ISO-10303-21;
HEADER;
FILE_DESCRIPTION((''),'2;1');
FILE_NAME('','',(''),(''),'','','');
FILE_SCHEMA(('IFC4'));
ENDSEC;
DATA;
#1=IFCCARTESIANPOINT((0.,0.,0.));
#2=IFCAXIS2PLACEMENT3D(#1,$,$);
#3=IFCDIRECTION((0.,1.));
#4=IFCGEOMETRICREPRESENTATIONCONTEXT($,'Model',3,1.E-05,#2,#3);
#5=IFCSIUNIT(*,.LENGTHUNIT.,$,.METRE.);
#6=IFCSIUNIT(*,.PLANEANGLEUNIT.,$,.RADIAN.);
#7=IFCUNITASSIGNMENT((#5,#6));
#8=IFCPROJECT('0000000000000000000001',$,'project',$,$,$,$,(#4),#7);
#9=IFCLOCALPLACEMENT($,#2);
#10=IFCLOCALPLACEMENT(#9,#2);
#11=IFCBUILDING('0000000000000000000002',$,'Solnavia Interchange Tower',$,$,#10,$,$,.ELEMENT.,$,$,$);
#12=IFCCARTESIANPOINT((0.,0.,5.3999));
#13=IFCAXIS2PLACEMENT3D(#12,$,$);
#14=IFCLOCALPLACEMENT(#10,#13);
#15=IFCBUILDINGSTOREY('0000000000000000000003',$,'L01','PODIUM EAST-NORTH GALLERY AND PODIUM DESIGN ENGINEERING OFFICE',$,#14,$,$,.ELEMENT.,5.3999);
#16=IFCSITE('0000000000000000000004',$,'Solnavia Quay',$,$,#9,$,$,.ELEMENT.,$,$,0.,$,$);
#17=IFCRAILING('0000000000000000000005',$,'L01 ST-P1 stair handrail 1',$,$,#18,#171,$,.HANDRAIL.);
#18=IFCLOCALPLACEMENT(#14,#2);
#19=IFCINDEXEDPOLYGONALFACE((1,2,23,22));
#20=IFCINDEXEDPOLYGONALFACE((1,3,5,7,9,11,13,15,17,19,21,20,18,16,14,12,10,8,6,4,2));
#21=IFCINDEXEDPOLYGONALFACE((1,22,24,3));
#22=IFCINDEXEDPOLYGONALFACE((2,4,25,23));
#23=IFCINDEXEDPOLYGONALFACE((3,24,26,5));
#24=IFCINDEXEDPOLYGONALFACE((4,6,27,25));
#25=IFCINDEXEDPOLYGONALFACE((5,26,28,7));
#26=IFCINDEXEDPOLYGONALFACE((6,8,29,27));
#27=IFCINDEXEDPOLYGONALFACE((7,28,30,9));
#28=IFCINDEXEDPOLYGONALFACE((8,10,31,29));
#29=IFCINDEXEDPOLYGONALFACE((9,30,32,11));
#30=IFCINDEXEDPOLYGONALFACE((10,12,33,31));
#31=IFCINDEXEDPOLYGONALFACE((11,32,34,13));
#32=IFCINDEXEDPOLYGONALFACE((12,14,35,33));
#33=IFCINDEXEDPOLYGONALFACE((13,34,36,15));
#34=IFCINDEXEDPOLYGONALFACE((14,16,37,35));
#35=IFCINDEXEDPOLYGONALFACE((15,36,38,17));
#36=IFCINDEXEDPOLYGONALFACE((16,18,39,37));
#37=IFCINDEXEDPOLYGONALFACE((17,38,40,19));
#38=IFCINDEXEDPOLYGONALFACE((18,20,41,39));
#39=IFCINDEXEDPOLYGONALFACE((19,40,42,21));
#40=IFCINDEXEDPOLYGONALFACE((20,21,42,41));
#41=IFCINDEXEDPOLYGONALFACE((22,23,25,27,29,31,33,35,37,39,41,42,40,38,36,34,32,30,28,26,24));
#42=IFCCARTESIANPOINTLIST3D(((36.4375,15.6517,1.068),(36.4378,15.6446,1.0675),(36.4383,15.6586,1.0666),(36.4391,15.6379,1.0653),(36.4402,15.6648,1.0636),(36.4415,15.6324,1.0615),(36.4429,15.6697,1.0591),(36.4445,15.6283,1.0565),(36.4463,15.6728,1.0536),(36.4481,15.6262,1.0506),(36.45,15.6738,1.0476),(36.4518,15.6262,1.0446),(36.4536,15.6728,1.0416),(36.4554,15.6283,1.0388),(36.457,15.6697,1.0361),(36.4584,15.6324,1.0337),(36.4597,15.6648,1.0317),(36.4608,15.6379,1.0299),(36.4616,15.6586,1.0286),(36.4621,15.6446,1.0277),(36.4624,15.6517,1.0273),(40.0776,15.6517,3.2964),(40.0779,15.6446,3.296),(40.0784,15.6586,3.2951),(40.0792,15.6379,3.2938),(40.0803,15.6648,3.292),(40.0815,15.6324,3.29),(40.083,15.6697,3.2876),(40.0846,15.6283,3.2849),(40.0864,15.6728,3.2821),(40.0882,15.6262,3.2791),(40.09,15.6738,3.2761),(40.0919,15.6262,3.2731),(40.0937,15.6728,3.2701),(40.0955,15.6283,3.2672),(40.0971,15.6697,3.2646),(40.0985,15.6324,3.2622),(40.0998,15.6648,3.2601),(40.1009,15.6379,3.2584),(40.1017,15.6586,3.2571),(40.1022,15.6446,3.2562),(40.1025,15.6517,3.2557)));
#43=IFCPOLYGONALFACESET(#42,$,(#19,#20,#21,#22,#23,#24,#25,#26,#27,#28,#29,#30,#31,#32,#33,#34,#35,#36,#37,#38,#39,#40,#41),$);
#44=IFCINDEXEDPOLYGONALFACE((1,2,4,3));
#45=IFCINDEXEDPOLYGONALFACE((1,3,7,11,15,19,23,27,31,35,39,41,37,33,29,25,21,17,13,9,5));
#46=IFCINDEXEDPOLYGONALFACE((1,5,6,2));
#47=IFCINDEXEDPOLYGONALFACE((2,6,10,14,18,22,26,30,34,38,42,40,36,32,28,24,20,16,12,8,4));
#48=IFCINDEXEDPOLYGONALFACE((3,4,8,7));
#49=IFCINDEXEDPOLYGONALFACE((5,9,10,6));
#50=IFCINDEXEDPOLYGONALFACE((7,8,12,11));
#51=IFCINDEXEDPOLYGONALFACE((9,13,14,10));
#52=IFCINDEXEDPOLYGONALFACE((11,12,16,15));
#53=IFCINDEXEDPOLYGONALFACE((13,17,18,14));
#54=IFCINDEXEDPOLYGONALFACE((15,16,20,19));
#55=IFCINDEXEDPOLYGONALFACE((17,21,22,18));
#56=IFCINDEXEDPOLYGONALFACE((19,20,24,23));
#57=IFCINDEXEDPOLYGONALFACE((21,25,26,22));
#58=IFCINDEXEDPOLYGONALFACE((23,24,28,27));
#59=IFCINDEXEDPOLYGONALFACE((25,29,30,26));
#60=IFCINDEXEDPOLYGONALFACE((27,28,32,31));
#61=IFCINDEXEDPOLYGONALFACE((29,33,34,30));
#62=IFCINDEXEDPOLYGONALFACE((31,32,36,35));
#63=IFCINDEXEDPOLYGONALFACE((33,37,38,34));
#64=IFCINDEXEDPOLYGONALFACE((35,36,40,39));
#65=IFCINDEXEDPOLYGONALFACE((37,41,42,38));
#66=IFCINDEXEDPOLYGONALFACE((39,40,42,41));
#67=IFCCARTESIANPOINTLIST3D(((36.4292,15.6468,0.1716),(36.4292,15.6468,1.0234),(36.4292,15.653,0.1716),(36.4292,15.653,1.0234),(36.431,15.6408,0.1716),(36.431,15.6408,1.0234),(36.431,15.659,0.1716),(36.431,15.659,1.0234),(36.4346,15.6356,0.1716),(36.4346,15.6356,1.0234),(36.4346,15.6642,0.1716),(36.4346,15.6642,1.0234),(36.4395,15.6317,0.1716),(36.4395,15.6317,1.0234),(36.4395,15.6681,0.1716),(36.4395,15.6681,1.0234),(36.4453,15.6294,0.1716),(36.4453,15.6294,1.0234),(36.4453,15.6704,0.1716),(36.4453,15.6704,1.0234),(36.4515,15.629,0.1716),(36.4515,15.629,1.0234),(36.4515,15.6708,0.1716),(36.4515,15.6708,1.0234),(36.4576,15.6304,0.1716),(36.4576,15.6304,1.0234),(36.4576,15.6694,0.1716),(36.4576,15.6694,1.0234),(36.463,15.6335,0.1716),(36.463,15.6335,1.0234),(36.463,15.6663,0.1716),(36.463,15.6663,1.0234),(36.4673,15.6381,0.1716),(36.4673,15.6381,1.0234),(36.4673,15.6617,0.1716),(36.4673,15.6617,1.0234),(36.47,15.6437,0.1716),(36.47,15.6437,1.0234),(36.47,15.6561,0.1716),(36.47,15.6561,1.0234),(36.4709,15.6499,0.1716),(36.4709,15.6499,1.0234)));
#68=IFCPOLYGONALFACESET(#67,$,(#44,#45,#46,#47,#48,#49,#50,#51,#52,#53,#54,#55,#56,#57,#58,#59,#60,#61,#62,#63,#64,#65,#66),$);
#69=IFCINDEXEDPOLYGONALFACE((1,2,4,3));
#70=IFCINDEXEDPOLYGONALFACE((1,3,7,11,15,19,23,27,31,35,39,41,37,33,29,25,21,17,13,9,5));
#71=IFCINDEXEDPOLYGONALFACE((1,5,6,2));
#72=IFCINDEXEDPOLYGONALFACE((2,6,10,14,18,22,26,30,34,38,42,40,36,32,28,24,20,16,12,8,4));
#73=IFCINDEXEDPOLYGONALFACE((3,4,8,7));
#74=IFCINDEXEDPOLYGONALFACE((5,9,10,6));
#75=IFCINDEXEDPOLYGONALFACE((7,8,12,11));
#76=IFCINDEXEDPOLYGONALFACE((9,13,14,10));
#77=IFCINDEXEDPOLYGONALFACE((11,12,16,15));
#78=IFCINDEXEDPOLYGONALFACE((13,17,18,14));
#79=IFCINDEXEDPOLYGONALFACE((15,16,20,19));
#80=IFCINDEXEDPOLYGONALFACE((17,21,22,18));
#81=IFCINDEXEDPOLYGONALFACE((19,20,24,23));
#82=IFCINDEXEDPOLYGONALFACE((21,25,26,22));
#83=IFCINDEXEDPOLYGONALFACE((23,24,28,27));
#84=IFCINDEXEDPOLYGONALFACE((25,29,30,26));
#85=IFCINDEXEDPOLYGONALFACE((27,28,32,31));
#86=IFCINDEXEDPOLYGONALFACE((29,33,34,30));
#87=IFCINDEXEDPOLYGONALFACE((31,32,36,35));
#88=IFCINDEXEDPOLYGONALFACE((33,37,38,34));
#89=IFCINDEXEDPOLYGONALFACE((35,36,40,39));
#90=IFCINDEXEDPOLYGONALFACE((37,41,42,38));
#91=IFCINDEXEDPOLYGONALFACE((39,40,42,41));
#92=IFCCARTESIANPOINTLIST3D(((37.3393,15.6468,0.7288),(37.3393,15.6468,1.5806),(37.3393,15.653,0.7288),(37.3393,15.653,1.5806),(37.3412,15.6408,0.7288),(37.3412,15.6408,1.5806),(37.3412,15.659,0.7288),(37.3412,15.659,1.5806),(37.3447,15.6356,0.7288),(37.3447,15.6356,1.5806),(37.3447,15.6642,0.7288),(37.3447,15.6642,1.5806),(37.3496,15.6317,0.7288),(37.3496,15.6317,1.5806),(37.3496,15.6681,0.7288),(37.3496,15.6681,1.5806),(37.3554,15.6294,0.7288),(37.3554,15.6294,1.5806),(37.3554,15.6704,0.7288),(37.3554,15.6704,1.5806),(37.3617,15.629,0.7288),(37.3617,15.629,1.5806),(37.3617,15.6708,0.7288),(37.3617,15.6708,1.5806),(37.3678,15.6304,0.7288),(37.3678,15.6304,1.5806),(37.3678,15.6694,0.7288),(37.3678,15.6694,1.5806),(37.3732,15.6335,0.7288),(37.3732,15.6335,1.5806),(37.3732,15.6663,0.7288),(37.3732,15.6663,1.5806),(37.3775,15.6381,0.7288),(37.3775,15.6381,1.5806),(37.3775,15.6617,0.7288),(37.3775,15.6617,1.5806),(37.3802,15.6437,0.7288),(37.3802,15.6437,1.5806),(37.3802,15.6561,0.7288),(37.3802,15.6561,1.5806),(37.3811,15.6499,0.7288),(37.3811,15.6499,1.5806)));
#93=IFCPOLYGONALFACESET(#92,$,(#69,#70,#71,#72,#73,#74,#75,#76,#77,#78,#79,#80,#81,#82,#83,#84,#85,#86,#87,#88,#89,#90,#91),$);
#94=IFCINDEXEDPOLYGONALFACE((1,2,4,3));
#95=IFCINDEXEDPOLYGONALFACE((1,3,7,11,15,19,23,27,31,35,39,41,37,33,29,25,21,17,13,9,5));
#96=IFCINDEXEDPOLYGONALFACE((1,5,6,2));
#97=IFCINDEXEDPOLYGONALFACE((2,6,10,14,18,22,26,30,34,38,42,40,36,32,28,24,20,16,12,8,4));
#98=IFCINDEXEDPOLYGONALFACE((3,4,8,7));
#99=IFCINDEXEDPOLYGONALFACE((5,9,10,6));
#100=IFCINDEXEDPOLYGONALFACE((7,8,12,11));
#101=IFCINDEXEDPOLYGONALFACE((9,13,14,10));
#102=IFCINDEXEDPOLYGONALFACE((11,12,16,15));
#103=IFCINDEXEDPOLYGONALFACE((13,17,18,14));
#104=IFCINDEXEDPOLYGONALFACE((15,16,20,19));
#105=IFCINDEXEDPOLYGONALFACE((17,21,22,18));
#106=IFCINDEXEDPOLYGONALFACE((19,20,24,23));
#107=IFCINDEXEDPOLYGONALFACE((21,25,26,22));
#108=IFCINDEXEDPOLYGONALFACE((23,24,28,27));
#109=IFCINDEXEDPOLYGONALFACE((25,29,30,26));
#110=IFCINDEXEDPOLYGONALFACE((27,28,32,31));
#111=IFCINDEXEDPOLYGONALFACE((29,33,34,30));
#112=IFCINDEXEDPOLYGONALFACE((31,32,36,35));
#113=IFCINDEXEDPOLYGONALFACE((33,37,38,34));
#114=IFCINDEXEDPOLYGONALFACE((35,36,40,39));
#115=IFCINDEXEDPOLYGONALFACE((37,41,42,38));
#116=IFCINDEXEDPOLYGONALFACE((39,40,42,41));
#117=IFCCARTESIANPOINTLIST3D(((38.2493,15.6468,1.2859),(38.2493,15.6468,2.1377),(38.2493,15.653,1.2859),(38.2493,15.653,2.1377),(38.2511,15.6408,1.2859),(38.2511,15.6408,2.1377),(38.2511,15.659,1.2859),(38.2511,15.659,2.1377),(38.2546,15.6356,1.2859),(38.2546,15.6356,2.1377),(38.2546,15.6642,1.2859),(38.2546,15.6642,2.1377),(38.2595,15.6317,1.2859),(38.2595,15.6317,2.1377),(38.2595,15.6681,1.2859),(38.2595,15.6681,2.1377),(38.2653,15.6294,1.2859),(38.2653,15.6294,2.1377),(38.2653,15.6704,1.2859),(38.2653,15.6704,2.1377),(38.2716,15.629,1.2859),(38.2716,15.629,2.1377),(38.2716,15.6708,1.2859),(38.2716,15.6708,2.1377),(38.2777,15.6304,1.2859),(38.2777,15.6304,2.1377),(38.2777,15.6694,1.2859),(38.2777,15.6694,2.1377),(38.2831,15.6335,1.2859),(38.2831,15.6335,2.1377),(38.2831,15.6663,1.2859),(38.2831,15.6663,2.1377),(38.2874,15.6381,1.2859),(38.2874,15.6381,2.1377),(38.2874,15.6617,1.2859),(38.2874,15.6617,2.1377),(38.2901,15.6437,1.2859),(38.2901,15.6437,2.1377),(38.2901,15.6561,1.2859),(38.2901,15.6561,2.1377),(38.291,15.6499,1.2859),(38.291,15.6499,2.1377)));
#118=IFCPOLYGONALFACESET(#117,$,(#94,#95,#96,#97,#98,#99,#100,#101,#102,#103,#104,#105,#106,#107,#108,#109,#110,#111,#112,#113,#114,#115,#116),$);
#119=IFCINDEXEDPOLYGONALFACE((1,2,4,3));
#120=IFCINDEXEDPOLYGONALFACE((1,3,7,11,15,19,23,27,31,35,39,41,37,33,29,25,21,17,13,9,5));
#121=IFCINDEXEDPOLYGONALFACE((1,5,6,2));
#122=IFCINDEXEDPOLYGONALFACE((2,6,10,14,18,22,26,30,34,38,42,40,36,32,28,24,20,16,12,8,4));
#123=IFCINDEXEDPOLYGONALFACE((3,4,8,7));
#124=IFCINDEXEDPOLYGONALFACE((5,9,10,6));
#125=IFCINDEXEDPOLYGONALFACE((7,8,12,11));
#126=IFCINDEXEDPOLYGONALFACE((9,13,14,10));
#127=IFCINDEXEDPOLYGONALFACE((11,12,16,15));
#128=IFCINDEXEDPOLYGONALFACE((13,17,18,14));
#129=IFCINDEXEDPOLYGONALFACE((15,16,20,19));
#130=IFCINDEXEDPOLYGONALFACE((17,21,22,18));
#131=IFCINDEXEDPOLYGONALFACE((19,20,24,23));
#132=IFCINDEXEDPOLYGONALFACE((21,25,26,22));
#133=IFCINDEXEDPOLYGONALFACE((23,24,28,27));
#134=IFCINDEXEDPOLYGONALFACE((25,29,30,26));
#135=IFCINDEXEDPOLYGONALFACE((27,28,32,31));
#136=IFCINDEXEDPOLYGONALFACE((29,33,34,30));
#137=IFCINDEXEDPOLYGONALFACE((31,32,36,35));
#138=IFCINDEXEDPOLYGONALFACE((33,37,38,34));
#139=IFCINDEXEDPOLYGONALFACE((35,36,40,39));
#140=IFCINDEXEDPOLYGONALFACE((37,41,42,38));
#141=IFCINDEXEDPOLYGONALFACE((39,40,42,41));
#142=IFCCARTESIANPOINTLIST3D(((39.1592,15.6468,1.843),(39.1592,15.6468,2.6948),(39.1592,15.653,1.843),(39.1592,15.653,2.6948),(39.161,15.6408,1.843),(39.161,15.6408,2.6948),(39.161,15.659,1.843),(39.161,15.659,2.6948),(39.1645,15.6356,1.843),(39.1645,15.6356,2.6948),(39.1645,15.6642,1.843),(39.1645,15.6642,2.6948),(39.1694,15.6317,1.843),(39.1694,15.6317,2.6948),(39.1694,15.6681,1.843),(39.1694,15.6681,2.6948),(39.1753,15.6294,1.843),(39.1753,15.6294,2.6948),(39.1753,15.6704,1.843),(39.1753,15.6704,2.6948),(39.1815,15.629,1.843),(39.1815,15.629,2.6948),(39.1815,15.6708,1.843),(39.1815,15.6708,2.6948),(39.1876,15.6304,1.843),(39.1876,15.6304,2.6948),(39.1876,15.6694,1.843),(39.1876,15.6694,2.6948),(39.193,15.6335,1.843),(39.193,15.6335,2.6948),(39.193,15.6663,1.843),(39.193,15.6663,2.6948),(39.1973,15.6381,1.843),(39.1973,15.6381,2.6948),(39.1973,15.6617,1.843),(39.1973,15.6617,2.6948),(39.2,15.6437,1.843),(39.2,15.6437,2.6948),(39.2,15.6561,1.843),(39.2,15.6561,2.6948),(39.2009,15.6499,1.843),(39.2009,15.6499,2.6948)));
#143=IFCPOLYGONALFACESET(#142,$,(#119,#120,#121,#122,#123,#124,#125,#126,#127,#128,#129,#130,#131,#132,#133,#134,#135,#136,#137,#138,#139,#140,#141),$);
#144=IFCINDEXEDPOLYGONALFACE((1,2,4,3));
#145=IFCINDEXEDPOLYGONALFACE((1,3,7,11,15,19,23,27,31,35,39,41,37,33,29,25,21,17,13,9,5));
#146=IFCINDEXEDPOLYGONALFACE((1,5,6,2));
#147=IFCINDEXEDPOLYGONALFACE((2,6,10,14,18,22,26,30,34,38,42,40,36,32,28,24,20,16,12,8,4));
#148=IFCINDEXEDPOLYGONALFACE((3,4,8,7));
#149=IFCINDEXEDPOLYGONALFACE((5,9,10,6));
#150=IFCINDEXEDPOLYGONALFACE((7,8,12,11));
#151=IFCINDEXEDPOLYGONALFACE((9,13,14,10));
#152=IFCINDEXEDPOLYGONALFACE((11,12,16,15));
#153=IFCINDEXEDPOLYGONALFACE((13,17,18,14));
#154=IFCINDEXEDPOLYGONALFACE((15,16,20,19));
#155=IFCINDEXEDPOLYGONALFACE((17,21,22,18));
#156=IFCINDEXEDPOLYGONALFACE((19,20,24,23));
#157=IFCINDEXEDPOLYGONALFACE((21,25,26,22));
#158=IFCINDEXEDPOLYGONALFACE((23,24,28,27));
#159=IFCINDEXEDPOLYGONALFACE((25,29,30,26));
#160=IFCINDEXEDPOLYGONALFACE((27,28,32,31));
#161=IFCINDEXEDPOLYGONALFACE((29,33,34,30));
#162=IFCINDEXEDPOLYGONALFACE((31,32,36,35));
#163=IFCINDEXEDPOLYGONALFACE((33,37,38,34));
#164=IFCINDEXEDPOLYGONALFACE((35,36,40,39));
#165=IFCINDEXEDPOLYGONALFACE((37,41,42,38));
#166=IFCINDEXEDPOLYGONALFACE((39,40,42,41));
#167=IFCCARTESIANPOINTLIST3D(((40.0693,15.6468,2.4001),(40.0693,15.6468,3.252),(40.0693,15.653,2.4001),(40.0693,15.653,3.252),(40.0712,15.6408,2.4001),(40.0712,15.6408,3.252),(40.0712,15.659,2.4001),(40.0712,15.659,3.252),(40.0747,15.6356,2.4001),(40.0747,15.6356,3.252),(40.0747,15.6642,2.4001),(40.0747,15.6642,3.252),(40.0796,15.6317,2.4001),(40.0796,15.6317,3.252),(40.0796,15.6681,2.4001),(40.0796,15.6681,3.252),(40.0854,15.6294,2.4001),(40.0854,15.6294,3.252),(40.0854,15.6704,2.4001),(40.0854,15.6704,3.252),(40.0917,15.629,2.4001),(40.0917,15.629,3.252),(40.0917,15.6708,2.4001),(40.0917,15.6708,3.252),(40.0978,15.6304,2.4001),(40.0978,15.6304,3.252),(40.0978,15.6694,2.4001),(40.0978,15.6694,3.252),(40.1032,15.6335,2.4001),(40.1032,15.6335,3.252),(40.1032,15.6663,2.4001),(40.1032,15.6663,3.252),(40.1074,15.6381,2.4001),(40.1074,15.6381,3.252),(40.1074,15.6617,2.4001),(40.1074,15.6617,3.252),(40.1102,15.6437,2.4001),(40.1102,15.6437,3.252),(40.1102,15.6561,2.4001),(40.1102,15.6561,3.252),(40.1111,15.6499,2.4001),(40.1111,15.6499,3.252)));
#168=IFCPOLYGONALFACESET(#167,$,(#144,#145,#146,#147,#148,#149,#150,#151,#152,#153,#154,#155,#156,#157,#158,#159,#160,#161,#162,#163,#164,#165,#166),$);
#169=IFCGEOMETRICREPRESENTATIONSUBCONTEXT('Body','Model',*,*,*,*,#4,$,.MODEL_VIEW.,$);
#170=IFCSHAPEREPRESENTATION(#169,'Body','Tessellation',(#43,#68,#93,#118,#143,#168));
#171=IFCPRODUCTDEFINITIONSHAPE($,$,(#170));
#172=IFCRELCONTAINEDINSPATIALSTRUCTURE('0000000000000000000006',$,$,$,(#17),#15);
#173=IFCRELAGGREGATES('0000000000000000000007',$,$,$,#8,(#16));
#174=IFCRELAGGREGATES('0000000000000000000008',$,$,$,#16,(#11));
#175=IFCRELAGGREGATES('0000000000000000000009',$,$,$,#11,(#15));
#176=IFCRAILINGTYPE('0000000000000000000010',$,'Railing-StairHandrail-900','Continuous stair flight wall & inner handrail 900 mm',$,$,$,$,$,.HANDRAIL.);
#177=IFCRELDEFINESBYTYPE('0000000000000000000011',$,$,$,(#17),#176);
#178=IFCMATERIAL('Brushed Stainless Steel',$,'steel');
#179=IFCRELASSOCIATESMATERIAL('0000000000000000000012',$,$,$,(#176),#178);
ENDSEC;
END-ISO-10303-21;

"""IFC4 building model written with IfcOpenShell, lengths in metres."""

from ifc_helpers import new_model, si_unit, direction, frame, origin, origin_2d, place, context, subcontext, project, spatial, circle, extrude, material, type_object, element, save


model = new_model("IFC4")

# Units and contexts
model_context = context("Model", 3, precision=1e-05, world=origin(), true_north=direction((0.0, 1.0)))
body_context = subcontext(model_context, "Body", "Model", "MODEL_VIEW")
ifc_project = project(units=[si_unit("LENGTHUNIT", "METRE"), si_unit("PLANEANGLEUNIT", "RADIAN")], contexts=[model_context])

# Site, building, storey
site_placement = place(None, origin())
site = spatial("IfcSite", under=ifc_project, at=site_placement, Name="Solnavia Quay", CompositionType="ELEMENT", RefElevation=0.0)
building_placement = place(site_placement, origin())
building = spatial("IfcBuilding", under=site, at=building_placement, Name="Solnavia Interchange Tower", CompositionType="ELEMENT")
storey_placement = place(building_placement, frame((0.0, 0.0, 5.3999)))
storey = spatial("IfcBuildingStorey", under=building, at=storey_placement, Name="L01", Description="PODIUM EAST-NORTH GALLERY AND PODIUM DESIGN ENGINEERING OFFICE", CompositionType="ELEMENT", Elevation=5.3999)

# Railing
ifc_material_1 = material(Name="Brushed Stainless Steel", Category="steel")
railing_type_1 = type_object("IfcRailingType", Name="Railing-StairHandrail-900", Description="Continuous stair flight wall & inner handrail 900 mm", PredefinedType="HANDRAIL", material=ifc_material_1)
railing_1_placement = place(storey_placement, frame((36.45, 15.6499, 0.1716)))
element("IfcRailing", 1, at=railing_1_placement, inside=storey, type_object=railing_type_1, Name="L01 ST-P1 stair handrail 1", PredefinedType="HANDRAIL", context=body_context, shape_type="SweptSolid", body=[
    extrude(circle(Radius=0.0239, at=origin_2d()), frame((0.0, 0.0, 0.876), z_axis=(0.852866, 0.0, 0.52213), x_axis=(0.0, 1.0, 0.0)), (0.0, 0.0, 1.0), 4.2681),
    extrude(circle(Radius=0.021, at=origin_2d()), origin(), (0.0, 0.0, 1.0), 0.8518),
    extrude(circle(Radius=0.021, at=origin_2d()), frame((0.9102, 0.0, 0.5571)), (0.0, 0.0, 1.0), 0.8518),
    extrude(circle(Radius=0.021, at=origin_2d()), frame((1.8201, 0.0, 1.1143)), (0.0, 0.0, 1.0), 0.8518),
    extrude(circle(Radius=0.021, at=origin_2d()), frame((2.73, 0.0, 1.6714)), (0.0, 0.0, 1.0), 0.8518),
    extrude(circle(Radius=0.021, at=origin_2d()), frame((3.6401, 0.0, 2.2285)), (0.0, 0.0, 1.0), 0.8518),
])

save(model, "model.ifc")
